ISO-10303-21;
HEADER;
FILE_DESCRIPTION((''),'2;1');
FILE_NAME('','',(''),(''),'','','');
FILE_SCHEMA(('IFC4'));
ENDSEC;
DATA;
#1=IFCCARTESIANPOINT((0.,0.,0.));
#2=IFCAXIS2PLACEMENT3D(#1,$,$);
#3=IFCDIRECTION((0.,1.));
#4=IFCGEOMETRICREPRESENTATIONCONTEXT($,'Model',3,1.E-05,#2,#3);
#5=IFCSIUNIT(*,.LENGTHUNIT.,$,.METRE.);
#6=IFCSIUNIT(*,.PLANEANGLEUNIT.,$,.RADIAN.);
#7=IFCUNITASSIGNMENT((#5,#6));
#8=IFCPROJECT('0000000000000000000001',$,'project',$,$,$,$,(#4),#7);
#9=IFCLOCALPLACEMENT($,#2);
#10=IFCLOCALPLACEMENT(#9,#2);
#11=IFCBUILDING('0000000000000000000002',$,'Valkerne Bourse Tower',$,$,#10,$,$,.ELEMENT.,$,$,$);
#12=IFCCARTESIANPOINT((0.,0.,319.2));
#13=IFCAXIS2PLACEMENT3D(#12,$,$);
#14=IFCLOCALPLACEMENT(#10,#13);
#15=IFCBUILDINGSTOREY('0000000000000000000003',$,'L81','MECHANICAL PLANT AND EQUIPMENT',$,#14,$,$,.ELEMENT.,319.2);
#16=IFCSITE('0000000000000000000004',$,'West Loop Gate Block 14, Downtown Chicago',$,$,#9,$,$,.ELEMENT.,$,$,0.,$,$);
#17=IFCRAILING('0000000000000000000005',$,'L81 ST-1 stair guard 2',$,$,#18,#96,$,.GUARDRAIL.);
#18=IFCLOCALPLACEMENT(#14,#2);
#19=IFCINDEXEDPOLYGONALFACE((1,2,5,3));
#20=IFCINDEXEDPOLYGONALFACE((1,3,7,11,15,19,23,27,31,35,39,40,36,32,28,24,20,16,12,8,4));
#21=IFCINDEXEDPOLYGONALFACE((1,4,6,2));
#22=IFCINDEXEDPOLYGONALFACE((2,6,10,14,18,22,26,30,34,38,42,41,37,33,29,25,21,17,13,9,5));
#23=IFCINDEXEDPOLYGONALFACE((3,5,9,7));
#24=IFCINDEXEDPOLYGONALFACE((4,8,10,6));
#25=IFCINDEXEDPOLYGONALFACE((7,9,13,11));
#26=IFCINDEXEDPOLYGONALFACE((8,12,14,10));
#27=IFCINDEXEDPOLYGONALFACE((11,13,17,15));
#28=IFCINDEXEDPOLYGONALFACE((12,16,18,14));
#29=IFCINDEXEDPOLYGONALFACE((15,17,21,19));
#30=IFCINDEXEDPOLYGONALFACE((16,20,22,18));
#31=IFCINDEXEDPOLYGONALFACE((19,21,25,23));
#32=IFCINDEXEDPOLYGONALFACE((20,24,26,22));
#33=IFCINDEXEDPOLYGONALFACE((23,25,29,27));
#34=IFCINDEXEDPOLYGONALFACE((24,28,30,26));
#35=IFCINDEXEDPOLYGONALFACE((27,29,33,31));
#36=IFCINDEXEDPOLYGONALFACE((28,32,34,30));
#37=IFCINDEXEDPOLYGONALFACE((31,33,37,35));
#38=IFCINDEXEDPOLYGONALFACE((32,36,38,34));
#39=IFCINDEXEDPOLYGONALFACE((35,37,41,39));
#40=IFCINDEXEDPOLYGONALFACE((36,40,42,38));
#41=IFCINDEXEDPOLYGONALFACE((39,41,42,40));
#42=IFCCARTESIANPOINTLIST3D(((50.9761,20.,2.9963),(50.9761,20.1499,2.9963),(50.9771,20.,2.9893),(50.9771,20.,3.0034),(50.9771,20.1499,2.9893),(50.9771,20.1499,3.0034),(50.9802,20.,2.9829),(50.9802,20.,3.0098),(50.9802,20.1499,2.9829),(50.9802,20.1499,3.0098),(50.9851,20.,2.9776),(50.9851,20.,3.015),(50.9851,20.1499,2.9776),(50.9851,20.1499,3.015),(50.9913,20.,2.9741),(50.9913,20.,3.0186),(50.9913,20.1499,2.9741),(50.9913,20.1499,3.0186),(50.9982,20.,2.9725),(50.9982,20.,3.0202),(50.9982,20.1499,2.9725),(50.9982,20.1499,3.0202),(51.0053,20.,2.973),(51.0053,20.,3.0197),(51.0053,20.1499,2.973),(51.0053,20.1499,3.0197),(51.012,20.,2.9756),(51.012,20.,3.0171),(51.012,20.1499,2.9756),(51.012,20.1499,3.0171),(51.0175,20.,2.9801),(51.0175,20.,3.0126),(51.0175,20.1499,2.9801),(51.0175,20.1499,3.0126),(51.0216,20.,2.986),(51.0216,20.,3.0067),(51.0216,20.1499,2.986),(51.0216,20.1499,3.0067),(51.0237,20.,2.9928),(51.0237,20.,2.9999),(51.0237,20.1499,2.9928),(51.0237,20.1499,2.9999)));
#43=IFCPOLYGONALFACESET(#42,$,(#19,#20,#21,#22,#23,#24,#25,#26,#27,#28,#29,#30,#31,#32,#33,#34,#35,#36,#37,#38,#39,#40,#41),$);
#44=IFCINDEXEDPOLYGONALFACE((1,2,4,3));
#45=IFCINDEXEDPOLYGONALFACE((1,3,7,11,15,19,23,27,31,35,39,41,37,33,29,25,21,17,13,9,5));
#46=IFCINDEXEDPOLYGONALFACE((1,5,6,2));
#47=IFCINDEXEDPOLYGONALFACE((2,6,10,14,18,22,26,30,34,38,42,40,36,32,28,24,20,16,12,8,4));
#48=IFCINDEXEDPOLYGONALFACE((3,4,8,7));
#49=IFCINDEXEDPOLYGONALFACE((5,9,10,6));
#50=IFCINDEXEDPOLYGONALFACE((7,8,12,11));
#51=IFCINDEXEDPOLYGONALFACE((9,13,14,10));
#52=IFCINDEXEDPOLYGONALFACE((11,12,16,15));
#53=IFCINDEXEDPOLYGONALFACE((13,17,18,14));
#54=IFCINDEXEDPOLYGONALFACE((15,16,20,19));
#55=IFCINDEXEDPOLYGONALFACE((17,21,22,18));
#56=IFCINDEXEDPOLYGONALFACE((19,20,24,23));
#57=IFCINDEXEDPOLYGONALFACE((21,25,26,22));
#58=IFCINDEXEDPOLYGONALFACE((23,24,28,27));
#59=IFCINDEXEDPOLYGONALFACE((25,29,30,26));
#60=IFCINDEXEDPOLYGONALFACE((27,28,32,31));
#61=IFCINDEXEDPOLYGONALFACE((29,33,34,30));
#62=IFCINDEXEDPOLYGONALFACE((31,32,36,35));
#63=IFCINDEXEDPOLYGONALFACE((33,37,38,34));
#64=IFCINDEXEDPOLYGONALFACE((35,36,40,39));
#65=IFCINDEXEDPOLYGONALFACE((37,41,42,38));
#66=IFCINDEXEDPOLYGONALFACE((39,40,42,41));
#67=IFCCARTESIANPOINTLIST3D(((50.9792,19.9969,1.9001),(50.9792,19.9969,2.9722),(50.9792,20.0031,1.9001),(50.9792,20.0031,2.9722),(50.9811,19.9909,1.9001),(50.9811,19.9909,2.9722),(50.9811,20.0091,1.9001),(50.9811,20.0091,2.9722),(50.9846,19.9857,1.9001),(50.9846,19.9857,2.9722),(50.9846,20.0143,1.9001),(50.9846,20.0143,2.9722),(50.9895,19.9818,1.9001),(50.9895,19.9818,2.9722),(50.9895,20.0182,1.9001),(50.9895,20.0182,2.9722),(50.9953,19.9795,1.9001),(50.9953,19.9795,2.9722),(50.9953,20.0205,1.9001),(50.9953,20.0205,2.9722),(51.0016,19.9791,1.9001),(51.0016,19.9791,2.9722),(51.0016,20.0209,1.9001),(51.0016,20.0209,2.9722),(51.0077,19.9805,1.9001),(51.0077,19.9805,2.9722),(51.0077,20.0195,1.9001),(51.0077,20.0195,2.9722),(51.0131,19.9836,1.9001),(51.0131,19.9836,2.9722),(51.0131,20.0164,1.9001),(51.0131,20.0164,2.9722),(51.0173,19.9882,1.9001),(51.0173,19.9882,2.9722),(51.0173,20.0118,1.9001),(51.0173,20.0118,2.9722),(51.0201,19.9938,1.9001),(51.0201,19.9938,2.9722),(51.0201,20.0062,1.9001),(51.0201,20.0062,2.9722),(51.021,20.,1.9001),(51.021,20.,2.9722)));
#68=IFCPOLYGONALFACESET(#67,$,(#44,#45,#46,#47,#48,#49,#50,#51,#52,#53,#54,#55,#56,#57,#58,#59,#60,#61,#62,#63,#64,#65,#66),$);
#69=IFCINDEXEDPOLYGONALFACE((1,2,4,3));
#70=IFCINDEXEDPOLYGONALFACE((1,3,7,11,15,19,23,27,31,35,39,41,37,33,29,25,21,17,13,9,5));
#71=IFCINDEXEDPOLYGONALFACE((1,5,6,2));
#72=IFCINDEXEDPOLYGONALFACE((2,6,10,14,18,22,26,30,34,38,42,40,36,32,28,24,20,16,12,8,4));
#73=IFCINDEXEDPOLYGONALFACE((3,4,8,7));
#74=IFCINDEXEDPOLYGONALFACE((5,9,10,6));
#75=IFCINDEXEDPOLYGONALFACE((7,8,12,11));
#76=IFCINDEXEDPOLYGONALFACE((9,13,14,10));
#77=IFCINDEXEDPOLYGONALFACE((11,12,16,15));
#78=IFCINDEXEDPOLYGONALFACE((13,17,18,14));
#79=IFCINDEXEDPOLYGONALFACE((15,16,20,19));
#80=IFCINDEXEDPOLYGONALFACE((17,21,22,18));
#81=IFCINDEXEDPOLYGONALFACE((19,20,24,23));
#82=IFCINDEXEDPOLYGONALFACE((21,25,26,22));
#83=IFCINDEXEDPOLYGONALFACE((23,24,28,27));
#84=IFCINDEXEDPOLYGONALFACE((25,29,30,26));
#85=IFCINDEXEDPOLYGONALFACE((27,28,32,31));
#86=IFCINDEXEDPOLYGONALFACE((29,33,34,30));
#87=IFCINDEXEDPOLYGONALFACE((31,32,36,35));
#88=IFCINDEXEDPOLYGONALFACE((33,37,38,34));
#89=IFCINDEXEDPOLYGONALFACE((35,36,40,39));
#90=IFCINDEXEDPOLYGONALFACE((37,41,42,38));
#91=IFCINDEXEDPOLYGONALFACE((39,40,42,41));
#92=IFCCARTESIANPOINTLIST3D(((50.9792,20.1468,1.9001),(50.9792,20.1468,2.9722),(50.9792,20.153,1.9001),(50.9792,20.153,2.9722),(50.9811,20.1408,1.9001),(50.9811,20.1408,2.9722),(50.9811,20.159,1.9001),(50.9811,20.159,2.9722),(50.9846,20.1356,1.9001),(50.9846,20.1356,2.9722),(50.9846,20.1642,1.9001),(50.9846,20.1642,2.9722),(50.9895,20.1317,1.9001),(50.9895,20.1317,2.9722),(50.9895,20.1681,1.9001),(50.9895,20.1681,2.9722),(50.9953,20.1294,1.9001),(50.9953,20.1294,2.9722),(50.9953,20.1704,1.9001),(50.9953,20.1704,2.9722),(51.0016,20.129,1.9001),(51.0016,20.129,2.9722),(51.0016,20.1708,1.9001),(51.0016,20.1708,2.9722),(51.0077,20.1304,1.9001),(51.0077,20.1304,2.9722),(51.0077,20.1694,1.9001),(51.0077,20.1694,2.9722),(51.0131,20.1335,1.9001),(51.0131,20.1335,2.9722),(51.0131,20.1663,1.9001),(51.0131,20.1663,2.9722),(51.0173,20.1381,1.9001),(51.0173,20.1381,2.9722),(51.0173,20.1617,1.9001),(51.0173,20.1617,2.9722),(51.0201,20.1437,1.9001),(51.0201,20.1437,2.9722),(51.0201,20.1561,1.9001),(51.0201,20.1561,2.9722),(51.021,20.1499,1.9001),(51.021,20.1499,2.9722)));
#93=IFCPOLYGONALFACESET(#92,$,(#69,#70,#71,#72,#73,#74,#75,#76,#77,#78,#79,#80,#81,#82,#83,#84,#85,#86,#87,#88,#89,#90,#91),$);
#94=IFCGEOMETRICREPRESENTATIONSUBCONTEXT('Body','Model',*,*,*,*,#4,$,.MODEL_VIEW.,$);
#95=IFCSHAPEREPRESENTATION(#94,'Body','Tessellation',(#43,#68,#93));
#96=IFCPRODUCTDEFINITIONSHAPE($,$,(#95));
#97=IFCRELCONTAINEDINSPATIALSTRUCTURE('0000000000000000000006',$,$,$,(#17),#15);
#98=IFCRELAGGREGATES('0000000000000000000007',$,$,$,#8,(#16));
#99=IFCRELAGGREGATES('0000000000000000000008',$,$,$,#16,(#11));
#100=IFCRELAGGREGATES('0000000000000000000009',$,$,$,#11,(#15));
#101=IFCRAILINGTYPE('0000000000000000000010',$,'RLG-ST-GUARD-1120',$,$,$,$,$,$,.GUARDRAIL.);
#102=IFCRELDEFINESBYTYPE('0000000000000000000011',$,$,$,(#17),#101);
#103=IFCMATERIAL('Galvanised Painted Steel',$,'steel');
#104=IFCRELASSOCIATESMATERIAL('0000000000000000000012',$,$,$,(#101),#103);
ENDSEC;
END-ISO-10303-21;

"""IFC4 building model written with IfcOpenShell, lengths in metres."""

from ifc_helpers import new_model, si_unit, direction, frame, origin, origin_2d, place, context, subcontext, project, spatial, circle, extrude, material, type_object, element, save


model = new_model("IFC4")

# Units and contexts
model_context = context("Model", 3, precision=1e-05, world=origin(), true_north=direction((0.0, 1.0)))
body_context = subcontext(model_context, "Body", "Model", "MODEL_VIEW")
ifc_project = project(units=[si_unit("LENGTHUNIT", "METRE"), si_unit("PLANEANGLEUNIT", "RADIAN")], contexts=[model_context])

# Site, building, storey
site_placement = place(None, origin())
site = spatial("IfcSite", under=ifc_project, at=site_placement, Name="West Loop Gate Block 14, Downtown Chicago", CompositionType="ELEMENT", RefElevation=0.0)
building_placement = place(site_placement, origin())
building = spatial("IfcBuilding", under=site, at=building_placement, Name="Valkerne Bourse Tower", CompositionType="ELEMENT")
storey_placement = place(building_placement, frame((0.0, 0.0, 319.2)))
storey = spatial("IfcBuildingStorey", under=building, at=storey_placement, Name="L81", Description="MECHANICAL PLANT AND EQUIPMENT", CompositionType="ELEMENT", Elevation=319.2)

# Railing
ifc_material_1 = material(Name="Galvanised Painted Steel", Category="steel")
railing_type_1 = type_object("IfcRailingType", Name="RLG-ST-GUARD-1120", PredefinedType="GUARDRAIL", material=ifc_material_1)
railing_1_placement = place(storey_placement, frame((51.0, 20.0, 1.9001)))
element("IfcRailing", 1, at=railing_1_placement, inside=storey, type_object=railing_type_1, Name="L81 ST-1 stair guard 2", PredefinedType="GUARDRAIL", context=body_context, shape_type="SweptSolid", body=[
    extrude(circle(Radius=0.0239, at=origin_2d()), frame((0.0, 0.0, 1.0962), z_axis=(0.0, 1.0, 0.0), x_axis=(-1.0, 0.0, 0.0)), (0.0, 0.0, 1.0), 0.1499),
    extrude(circle(Radius=0.021, at=origin_2d()), origin(), (0.0, 0.0, 1.0), 1.072),
    extrude(circle(Radius=0.021, at=origin_2d()), frame((0.0, 0.1499, 0.0)), (0.0, 0.0, 1.0), 1.072),
])

save(model, "model.ifc")
